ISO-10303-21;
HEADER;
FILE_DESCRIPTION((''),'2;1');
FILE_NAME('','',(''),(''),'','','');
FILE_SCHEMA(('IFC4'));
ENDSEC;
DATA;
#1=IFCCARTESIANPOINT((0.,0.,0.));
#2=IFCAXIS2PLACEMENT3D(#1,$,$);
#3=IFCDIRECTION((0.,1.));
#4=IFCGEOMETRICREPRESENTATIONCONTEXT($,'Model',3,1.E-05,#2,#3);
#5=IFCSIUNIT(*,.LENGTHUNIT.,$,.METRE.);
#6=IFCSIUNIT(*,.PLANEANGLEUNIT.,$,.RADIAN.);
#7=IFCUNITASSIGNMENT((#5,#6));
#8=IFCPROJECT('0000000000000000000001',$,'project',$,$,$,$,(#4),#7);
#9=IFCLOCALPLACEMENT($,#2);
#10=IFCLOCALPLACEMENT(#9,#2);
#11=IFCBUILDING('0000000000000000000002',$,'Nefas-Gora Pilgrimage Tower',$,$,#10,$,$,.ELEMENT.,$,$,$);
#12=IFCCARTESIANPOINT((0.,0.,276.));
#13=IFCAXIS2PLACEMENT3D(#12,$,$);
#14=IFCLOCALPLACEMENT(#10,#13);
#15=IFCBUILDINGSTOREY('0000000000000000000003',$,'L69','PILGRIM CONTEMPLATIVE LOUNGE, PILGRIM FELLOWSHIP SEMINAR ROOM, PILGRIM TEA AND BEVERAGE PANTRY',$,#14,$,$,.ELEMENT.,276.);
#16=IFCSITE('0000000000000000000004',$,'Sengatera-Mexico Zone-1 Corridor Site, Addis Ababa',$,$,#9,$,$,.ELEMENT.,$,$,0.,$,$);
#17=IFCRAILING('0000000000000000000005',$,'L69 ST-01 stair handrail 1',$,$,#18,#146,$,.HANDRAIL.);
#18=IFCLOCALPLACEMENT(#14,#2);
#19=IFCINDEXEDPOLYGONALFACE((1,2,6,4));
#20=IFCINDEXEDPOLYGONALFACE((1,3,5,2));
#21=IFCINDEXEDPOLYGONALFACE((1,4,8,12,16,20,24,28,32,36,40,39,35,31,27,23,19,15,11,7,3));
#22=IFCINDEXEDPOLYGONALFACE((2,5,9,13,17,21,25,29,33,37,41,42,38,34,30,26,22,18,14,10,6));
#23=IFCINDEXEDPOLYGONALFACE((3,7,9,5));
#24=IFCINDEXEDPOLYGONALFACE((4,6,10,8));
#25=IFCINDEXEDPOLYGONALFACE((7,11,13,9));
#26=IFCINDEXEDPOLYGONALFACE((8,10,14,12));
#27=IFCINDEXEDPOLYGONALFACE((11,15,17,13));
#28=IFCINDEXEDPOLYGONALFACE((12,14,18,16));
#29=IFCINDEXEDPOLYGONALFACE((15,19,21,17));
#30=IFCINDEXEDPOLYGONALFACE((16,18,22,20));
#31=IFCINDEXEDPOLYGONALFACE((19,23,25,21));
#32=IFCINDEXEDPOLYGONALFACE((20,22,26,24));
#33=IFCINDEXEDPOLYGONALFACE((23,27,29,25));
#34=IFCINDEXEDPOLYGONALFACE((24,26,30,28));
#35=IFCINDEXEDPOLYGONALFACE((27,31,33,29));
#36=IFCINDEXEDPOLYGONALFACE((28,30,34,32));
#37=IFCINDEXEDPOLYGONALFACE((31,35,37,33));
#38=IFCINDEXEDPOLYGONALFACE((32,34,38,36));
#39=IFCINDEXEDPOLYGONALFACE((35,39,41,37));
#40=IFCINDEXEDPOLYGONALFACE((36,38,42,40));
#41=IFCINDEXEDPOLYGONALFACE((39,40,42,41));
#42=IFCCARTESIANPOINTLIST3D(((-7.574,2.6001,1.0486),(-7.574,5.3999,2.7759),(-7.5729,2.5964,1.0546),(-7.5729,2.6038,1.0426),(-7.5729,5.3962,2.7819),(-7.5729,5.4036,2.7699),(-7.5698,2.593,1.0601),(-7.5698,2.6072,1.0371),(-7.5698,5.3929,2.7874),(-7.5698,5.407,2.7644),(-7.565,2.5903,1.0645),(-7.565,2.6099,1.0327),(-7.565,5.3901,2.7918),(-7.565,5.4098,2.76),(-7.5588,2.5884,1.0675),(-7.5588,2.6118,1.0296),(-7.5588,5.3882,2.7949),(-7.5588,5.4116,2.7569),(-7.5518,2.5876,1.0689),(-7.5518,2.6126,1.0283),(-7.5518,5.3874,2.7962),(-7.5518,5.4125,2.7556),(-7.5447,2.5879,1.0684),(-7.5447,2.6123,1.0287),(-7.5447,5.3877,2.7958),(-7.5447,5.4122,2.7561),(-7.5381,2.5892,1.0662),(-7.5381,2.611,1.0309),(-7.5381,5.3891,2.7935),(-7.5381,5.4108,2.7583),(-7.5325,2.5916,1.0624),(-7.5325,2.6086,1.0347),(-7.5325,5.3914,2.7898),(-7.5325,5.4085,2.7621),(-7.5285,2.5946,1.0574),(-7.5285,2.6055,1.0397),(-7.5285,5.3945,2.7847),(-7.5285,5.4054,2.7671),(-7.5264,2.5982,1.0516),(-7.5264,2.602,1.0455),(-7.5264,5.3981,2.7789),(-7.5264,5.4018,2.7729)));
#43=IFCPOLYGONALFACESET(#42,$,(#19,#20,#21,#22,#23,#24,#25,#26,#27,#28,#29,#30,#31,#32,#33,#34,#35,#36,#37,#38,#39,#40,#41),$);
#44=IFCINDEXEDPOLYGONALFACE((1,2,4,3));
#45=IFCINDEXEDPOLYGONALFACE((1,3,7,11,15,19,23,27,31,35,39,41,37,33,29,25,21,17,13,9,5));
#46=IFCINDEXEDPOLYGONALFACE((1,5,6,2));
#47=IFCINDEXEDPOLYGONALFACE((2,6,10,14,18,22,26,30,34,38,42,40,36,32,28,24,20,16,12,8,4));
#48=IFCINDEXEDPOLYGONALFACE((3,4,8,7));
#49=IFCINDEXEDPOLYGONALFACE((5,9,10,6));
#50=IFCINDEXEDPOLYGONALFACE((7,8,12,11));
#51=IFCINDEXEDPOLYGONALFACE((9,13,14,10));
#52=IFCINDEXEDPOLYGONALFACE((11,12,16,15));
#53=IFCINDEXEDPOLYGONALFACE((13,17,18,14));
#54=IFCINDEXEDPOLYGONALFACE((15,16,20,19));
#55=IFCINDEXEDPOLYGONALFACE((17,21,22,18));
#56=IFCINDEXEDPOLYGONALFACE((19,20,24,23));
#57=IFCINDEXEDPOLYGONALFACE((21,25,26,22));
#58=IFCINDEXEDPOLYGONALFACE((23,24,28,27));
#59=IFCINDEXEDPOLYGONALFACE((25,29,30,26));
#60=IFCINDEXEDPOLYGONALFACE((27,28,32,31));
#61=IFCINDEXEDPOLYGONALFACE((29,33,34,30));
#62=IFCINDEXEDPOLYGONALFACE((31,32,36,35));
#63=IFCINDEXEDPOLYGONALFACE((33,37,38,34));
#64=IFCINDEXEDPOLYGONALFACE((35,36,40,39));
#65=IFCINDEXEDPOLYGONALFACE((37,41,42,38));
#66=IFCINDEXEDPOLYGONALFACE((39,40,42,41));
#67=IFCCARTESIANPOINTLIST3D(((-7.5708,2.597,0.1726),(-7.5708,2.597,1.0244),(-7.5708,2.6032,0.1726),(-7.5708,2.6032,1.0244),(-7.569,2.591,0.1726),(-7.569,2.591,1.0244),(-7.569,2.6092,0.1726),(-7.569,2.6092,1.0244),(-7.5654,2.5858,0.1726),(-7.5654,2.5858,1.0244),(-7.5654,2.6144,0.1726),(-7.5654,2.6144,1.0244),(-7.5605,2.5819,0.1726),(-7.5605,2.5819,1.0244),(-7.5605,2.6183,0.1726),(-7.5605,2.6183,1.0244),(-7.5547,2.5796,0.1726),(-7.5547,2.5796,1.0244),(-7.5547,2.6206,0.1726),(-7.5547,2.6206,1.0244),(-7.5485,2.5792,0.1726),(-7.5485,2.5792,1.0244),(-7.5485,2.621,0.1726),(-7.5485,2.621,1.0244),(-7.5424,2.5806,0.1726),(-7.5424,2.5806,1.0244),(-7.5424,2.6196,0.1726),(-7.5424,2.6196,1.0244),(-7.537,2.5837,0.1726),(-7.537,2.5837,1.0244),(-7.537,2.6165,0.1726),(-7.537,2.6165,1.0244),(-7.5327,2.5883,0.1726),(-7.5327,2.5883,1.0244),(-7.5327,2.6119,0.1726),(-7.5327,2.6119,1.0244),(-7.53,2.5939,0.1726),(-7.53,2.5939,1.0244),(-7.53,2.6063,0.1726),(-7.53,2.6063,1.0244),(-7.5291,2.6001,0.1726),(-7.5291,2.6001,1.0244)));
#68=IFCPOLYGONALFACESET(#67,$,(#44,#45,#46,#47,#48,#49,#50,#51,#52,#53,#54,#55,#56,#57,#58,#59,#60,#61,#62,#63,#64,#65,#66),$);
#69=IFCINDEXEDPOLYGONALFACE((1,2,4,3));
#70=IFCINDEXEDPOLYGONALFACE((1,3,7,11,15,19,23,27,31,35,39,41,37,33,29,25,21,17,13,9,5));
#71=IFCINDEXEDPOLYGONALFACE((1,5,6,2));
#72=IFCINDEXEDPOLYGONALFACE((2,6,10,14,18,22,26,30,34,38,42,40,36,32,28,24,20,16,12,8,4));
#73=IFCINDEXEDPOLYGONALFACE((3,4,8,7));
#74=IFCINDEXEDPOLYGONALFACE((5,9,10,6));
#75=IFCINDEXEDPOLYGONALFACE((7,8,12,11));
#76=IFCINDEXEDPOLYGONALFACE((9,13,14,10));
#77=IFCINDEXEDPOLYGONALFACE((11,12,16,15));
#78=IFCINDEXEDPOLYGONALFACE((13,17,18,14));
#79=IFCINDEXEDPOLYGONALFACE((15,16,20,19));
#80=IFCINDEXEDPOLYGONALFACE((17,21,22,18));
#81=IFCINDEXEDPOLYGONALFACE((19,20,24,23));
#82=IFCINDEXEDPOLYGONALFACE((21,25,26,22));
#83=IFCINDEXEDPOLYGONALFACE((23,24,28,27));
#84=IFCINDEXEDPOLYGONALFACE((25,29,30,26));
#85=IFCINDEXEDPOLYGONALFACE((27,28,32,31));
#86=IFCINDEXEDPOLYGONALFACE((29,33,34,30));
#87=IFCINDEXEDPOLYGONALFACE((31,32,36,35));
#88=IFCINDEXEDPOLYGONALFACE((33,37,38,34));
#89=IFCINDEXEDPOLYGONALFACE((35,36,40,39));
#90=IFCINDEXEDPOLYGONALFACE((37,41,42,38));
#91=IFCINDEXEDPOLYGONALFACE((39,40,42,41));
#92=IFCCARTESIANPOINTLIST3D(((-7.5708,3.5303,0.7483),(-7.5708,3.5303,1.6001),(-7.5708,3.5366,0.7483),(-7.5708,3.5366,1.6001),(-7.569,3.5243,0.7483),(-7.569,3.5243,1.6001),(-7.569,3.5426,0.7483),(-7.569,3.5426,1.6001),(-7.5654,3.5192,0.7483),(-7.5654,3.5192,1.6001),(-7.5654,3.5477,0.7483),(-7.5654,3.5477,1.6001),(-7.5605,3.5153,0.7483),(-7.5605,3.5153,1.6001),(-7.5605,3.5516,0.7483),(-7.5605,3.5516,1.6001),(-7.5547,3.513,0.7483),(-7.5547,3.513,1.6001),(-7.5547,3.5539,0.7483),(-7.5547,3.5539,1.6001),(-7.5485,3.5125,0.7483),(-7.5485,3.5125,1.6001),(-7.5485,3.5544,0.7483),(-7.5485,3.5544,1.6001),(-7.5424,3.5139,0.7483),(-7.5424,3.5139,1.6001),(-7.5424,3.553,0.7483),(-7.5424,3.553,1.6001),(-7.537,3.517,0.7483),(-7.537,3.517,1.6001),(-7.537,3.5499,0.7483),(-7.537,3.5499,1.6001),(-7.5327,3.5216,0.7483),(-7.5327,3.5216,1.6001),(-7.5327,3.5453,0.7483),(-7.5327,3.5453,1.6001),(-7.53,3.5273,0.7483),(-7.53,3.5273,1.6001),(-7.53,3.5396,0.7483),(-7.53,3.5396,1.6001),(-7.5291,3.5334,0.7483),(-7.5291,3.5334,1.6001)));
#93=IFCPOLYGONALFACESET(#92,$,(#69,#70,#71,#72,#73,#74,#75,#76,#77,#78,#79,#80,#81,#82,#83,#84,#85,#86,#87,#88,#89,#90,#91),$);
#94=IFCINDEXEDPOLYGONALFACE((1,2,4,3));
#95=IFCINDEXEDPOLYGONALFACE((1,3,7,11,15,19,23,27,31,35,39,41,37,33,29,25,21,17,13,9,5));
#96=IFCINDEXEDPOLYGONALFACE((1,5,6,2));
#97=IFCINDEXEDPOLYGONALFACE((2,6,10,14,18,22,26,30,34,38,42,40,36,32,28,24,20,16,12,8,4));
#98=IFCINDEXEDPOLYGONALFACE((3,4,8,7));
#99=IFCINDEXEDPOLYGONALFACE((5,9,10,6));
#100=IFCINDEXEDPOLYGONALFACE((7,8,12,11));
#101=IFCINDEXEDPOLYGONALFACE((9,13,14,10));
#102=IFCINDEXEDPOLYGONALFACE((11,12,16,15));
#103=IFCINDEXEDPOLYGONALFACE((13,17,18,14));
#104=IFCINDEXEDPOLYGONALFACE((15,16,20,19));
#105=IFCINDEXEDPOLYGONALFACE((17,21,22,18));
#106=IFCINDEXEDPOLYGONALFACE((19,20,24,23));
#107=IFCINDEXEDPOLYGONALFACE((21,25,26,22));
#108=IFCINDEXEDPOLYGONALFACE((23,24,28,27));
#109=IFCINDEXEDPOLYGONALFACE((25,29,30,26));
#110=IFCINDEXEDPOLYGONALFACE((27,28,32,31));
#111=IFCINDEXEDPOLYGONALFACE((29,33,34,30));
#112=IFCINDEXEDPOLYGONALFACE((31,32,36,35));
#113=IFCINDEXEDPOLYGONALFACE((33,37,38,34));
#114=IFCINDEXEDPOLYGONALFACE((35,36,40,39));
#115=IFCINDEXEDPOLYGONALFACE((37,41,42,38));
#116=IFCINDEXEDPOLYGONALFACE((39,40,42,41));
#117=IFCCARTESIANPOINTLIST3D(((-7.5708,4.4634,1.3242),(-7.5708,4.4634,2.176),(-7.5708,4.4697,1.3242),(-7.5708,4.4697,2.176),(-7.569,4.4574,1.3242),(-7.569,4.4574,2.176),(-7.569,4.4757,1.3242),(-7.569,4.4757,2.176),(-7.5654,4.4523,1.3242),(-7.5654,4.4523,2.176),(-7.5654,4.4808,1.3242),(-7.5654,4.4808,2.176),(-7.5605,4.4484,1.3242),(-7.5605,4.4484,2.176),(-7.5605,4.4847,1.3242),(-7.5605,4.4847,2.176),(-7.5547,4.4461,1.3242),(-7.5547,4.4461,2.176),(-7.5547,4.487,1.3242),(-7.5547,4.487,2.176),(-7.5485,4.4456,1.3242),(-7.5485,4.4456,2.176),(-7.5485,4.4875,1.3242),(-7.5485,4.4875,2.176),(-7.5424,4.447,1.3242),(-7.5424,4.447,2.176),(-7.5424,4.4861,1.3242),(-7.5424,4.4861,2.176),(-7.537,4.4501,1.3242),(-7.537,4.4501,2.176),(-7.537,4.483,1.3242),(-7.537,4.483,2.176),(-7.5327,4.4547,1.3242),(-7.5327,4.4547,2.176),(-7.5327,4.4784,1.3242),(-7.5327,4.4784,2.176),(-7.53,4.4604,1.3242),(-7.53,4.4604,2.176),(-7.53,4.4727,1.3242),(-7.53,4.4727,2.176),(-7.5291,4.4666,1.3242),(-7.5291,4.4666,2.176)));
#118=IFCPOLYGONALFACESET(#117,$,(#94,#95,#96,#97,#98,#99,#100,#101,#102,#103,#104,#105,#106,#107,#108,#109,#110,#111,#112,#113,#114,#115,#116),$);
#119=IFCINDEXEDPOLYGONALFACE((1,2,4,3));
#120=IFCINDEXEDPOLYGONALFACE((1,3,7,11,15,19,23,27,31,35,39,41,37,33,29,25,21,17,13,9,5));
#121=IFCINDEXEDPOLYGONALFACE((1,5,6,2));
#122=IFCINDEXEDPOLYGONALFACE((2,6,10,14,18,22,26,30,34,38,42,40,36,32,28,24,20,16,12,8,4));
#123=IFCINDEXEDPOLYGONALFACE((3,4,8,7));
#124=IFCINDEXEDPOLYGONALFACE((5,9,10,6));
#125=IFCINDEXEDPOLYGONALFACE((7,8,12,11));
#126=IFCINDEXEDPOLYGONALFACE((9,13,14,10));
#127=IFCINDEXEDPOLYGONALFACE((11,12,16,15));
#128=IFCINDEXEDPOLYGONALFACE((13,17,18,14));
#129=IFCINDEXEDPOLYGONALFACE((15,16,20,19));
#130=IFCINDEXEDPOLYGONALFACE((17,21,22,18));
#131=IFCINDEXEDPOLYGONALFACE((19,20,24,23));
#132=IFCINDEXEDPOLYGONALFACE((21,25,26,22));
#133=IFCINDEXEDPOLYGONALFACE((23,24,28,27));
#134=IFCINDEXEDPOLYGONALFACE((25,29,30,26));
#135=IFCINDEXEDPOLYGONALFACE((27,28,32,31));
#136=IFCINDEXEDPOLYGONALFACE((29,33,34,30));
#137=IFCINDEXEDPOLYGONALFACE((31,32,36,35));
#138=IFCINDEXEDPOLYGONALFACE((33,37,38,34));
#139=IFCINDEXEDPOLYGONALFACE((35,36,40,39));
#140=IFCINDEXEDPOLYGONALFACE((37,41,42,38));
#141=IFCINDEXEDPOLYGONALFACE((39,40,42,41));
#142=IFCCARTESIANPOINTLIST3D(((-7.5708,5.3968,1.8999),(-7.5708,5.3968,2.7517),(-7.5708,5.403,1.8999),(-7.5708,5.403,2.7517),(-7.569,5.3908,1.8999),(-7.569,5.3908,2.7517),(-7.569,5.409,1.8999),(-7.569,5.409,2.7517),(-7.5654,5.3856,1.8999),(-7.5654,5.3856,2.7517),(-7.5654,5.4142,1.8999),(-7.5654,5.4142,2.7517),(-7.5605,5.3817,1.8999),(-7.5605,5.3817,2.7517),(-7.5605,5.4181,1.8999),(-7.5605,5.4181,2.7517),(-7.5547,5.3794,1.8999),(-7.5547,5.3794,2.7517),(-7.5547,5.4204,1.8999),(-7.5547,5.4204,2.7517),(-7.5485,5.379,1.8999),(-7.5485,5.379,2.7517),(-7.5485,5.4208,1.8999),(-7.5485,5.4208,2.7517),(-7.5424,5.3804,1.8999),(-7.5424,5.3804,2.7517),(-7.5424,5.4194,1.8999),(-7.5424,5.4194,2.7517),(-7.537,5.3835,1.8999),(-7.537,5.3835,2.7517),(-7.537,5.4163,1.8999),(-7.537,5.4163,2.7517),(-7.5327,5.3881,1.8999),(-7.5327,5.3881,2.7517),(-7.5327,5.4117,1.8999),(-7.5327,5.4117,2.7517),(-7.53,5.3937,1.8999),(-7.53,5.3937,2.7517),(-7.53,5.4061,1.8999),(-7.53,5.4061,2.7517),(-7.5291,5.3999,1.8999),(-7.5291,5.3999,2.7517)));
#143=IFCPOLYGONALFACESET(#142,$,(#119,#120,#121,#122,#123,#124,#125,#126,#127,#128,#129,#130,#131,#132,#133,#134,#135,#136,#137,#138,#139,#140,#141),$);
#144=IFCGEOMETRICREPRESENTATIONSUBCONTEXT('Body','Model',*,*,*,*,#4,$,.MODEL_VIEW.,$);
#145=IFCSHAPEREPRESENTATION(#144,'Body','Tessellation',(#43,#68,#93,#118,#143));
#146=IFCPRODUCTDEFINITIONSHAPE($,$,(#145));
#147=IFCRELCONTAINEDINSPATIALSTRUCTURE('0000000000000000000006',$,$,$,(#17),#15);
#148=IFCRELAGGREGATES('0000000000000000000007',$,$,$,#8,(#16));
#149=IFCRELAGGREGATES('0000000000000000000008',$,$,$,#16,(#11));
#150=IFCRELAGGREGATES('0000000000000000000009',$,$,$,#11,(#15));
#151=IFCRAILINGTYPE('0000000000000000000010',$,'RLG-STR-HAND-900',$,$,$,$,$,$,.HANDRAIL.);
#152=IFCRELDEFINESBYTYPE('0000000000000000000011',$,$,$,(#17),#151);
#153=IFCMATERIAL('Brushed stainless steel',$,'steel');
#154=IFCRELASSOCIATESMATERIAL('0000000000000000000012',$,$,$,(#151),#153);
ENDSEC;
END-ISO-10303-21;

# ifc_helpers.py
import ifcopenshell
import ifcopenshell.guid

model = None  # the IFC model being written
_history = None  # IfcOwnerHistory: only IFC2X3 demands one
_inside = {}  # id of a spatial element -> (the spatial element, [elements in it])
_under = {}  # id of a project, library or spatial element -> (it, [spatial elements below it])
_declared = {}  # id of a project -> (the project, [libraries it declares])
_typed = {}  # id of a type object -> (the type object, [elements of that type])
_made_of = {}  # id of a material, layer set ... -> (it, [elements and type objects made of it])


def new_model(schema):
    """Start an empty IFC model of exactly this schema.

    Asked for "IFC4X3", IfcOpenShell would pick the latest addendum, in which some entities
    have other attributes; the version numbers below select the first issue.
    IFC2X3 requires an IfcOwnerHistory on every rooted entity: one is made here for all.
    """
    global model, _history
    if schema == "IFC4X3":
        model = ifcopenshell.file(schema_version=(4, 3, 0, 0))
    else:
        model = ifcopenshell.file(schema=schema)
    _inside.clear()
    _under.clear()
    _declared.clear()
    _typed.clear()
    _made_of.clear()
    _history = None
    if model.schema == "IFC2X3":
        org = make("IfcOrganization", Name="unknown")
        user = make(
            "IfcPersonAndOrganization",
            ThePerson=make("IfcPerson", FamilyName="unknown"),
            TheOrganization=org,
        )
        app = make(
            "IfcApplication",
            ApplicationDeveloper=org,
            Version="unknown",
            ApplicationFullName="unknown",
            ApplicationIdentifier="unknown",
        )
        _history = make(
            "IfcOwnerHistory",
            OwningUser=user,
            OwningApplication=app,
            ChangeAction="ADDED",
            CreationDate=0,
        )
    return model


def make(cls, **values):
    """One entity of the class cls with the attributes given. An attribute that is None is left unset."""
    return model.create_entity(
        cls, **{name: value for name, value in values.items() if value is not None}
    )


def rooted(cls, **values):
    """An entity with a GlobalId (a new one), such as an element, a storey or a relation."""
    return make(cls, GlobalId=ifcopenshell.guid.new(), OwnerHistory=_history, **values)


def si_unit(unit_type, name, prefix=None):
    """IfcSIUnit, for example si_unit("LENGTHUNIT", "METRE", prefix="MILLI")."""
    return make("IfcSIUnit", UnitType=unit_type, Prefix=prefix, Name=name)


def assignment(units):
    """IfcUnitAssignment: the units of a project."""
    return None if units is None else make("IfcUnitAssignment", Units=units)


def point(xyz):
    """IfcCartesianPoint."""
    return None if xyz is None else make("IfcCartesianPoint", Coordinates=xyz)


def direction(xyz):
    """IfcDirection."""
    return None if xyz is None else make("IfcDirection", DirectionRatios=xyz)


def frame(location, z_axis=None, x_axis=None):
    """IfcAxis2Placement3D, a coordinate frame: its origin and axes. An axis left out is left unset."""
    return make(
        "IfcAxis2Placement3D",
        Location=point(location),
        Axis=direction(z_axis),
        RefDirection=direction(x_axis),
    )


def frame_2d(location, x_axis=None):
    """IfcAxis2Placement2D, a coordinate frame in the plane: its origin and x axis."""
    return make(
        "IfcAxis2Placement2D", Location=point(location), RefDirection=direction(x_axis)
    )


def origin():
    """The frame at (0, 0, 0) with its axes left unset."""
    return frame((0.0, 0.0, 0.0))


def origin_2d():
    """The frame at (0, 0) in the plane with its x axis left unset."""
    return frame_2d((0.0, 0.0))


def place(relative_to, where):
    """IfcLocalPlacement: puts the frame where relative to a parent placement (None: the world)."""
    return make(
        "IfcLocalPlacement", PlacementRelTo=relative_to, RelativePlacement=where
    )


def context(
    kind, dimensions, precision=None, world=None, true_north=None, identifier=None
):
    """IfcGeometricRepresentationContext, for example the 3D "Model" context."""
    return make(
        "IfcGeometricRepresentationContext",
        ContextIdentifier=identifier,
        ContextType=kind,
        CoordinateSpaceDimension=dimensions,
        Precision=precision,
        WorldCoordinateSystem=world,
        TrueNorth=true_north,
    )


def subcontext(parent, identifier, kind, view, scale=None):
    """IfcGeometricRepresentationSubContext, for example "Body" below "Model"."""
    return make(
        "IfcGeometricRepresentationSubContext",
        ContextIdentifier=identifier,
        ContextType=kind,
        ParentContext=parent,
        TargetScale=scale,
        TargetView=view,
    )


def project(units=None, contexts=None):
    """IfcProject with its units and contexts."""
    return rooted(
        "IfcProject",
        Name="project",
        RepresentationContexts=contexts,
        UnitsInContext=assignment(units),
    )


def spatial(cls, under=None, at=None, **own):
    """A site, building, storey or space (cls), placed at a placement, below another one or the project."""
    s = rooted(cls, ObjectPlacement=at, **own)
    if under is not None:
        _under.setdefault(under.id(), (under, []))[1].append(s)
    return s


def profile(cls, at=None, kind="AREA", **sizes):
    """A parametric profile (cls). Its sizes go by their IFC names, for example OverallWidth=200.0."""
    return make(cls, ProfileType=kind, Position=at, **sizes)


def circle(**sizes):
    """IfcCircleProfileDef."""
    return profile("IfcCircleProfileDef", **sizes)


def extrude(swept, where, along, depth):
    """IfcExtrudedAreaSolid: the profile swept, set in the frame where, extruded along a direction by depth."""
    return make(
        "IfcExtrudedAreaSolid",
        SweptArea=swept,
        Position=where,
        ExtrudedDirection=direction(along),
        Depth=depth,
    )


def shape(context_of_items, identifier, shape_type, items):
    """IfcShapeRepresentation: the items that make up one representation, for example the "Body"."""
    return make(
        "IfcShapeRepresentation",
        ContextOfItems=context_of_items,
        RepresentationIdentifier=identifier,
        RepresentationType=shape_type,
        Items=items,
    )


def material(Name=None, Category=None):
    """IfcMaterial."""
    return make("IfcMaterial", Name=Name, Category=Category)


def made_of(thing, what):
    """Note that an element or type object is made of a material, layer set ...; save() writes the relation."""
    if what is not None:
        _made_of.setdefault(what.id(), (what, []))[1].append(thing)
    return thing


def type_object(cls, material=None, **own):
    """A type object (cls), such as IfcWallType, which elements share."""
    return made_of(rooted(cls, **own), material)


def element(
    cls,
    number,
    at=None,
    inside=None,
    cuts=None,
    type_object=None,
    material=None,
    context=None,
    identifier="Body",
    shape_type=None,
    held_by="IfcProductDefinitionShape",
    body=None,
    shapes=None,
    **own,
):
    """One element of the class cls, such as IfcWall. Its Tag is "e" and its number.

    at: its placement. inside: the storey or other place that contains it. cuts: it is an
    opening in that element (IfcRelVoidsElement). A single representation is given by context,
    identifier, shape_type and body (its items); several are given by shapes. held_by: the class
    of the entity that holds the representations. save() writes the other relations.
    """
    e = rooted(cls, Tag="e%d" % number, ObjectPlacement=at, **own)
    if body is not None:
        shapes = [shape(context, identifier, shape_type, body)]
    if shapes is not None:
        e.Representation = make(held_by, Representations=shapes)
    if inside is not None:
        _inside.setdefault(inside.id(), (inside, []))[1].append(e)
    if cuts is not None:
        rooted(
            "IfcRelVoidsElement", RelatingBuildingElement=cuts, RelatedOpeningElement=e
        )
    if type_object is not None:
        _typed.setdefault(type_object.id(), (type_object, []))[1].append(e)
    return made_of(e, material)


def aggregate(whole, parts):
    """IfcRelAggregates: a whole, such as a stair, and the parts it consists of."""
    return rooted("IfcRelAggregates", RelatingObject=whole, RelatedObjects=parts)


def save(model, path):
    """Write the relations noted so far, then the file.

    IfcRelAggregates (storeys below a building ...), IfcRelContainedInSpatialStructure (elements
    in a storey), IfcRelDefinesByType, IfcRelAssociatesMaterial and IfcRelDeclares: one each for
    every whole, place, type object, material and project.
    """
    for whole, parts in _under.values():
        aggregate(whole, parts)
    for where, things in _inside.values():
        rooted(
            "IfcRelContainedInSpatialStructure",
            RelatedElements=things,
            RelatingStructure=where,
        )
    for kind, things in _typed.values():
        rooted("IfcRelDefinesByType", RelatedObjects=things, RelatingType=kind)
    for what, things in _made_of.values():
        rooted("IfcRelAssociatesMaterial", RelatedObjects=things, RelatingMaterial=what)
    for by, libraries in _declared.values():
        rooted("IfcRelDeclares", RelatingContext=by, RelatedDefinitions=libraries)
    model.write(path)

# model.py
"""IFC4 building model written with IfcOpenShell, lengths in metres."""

from ifc_helpers import new_model, si_unit, direction, frame, origin, origin_2d, place, context, subcontext, project, spatial, circle, extrude, material, type_object, element, save


model = new_model("IFC4")

# Units and contexts
model_context = context("Model", 3, precision=1e-05, world=origin(), true_north=direction((0.0, 1.0)))
body_context = subcontext(model_context, "Body", "Model", "MODEL_VIEW")
ifc_project = project(units=[si_unit("LENGTHUNIT", "METRE"), si_unit("PLANEANGLEUNIT", "RADIAN")], contexts=[model_context])

# Site, building, storey
site_placement = place(None, origin())
site = spatial("IfcSite", under=ifc_project, at=site_placement, Name="Sengatera-Mexico Zone-1 Corridor Site, Addis Ababa", CompositionType="ELEMENT", RefElevation=0.0)
building_placement = place(site_placement, origin())
building = spatial("IfcBuilding", under=site, at=building_placement, Name="Nefas-Gora Pilgrimage Tower", CompositionType="ELEMENT")
storey_placement = place(building_placement, frame((0.0, 0.0, 276.0)))
storey = spatial("IfcBuildingStorey", under=building, at=storey_placement, Name="L69", Description="PILGRIM CONTEMPLATIVE LOUNGE, PILGRIM FELLOWSHIP SEMINAR ROOM, PILGRIM TEA AND BEVERAGE PANTRY", CompositionType="ELEMENT", Elevation=276.0)

# Railing
ifc_material_1 = material(Name="Brushed stainless steel", Category="steel")
railing_type_1 = type_object("IfcRailingType", Name="RLG-STR-HAND-900", PredefinedType="HANDRAIL", material=ifc_material_1)
railing_1_placement = place(storey_placement, frame((-7.55, 2.6001, 0.1726)))
element("IfcRailing", 1, at=railing_1_placement, inside=storey, type_object=railing_type_1, Name="L69 ST-01 stair handrail 1", PredefinedType="HANDRAIL", context=body_context, shape_type="SweptSolid", body=[
    extrude(circle(Radius=0.0239, at=origin_2d()), frame((0.0, 0.0, 0.876), z_axis=(0.0, 0.851069, 0.525054), x_axis=(-1.0, 0.0, 0.0)), (0.0, 0.0, 1.0), 3.2898),
    extrude(circle(Radius=0.021, at=origin_2d()), origin(), (0.0, 0.0, 1.0), 0.8518),
    extrude(circle(Radius=0.021, at=origin_2d()), frame((0.0, 0.9333, 0.5757)), (0.0, 0.0, 1.0), 0.8518),
    extrude(circle(Radius=0.021, at=origin_2d()), frame((0.0, 1.8665, 1.1516)), (0.0, 0.0, 1.0), 0.8518),
    extrude(circle(Radius=0.021, at=origin_2d()), frame((0.0, 2.7998, 1.7273)), (0.0, 0.0, 1.0), 0.8518),
])

save(model, "model.ifc")
